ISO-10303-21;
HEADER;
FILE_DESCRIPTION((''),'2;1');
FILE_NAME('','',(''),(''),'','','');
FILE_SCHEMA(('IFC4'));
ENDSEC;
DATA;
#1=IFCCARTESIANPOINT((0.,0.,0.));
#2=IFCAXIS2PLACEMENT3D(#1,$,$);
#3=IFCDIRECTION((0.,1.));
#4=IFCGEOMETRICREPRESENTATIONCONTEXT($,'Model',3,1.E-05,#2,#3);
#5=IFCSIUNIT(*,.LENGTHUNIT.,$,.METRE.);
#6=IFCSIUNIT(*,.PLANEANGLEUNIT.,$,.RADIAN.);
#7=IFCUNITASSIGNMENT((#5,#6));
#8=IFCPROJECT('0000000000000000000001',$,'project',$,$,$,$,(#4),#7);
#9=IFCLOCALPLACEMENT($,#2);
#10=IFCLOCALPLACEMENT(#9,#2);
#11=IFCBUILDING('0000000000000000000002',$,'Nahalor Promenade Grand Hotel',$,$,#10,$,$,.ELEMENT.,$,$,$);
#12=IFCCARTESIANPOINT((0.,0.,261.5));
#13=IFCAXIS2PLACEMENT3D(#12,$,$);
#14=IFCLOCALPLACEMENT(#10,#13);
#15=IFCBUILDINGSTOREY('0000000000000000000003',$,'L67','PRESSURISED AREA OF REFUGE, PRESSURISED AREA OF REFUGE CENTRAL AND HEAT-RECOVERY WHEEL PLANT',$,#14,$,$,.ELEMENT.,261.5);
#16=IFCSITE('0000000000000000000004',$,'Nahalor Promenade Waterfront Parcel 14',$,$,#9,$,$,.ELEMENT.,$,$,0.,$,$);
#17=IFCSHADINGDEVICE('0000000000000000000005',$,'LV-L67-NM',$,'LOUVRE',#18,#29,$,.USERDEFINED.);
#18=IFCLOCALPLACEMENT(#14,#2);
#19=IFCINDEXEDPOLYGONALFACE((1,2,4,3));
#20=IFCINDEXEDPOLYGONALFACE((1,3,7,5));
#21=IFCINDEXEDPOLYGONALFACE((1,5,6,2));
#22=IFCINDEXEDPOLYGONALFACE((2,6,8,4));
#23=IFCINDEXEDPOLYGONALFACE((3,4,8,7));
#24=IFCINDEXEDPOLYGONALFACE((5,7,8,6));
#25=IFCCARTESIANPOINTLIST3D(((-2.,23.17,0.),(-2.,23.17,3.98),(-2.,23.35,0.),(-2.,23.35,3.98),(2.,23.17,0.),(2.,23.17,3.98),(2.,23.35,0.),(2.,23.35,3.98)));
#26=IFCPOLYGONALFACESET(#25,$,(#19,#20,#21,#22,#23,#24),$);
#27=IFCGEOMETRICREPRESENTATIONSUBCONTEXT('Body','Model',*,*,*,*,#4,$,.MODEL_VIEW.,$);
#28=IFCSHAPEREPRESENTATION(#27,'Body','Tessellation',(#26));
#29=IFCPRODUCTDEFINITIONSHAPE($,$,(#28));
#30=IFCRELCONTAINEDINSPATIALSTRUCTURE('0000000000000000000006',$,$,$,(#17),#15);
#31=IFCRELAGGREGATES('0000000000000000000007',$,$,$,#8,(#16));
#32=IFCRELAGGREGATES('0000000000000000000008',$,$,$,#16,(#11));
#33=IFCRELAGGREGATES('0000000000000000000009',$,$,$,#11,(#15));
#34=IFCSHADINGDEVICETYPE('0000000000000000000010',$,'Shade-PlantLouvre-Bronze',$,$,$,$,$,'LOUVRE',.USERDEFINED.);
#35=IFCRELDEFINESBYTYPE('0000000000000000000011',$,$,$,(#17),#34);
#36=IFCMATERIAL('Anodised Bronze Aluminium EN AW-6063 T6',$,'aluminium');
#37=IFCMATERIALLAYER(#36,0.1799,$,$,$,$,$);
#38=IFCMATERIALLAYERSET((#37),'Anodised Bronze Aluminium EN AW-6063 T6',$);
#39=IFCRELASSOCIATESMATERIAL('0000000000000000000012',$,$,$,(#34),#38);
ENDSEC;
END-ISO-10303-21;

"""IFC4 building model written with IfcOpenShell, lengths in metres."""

from ifc_helpers import new_model, si_unit, direction, frame, origin, origin_2d, place, context, subcontext, project, spatial, rectangle, extrude, source, transform, mapped, material, layer, layer_set, type_object, element, save


model = new_model("IFC4")

# Units and contexts
model_context = context("Model", 3, precision=1e-05, world=origin(), true_north=direction((0.0, 1.0)))
body_context = subcontext(model_context, "Body", "Model", "MODEL_VIEW")
ifc_project = project(units=[si_unit("LENGTHUNIT", "METRE"), si_unit("PLANEANGLEUNIT", "RADIAN")], contexts=[model_context])

# Site, building, storey
site_placement = place(None, origin())
site = spatial("IfcSite", under=ifc_project, at=site_placement, Name="Nahalor Promenade Waterfront Parcel 14", CompositionType="ELEMENT", RefElevation=0.0)
building_placement = place(site_placement, origin())
building = spatial("IfcBuilding", under=site, at=building_placement, Name="Nahalor Promenade Grand Hotel", CompositionType="ELEMENT")
storey_placement = place(building_placement, frame((0.0, 0.0, 261.5)))
storey = spatial("IfcBuildingStorey", under=building, at=storey_placement, Name="L67", Description="PRESSURISED AREA OF REFUGE, PRESSURISED AREA OF REFUGE CENTRAL AND HEAT-RECOVERY WHEEL PLANT", CompositionType="ELEMENT", Elevation=261.5)

# Shading device
ifc_material_1 = material(Name="Anodised Bronze Aluminium EN AW-6063 T6", Category="aluminium")
ifc_layer_1 = layer(ifc_material_1, 0.1799)
ifc_layer_set_1 = layer_set([ifc_layer_1], Name="Anodised Bronze Aluminium EN AW-6063 T6")
shading_device_type = type_object("IfcShadingDeviceType", Name="Shade-PlantLouvre-Bronze", ElementType="LOUVRE", PredefinedType="USERDEFINED", material=ifc_layer_set_1)
shared_shape_1 = source(origin(), body_context, "Body", "SweptSolid", [
    extrude(rectangle(XDim=4.0, YDim=0.1799, at=origin_2d()), origin(), (0.0, 0.0, 1.0), 3.98),
])
shading_device_placement = place(storey_placement, frame((0.0, 23.26, 0.0), z_axis=(0.0, 0.0, 1.0), x_axis=(1.0, 0.0, 0.0)))
element("IfcShadingDevice", 1, at=shading_device_placement, inside=storey, type_object=shading_device_type, Name="LV-L67-NM", ObjectType="LOUVRE", PredefinedType="USERDEFINED", context=body_context, shape_type="MappedRepresentation", body=[
    mapped(shared_shape_1, transform((0.0, 0.0, 0.0), scale=1.0)),
])

save(model, "model.ifc")
